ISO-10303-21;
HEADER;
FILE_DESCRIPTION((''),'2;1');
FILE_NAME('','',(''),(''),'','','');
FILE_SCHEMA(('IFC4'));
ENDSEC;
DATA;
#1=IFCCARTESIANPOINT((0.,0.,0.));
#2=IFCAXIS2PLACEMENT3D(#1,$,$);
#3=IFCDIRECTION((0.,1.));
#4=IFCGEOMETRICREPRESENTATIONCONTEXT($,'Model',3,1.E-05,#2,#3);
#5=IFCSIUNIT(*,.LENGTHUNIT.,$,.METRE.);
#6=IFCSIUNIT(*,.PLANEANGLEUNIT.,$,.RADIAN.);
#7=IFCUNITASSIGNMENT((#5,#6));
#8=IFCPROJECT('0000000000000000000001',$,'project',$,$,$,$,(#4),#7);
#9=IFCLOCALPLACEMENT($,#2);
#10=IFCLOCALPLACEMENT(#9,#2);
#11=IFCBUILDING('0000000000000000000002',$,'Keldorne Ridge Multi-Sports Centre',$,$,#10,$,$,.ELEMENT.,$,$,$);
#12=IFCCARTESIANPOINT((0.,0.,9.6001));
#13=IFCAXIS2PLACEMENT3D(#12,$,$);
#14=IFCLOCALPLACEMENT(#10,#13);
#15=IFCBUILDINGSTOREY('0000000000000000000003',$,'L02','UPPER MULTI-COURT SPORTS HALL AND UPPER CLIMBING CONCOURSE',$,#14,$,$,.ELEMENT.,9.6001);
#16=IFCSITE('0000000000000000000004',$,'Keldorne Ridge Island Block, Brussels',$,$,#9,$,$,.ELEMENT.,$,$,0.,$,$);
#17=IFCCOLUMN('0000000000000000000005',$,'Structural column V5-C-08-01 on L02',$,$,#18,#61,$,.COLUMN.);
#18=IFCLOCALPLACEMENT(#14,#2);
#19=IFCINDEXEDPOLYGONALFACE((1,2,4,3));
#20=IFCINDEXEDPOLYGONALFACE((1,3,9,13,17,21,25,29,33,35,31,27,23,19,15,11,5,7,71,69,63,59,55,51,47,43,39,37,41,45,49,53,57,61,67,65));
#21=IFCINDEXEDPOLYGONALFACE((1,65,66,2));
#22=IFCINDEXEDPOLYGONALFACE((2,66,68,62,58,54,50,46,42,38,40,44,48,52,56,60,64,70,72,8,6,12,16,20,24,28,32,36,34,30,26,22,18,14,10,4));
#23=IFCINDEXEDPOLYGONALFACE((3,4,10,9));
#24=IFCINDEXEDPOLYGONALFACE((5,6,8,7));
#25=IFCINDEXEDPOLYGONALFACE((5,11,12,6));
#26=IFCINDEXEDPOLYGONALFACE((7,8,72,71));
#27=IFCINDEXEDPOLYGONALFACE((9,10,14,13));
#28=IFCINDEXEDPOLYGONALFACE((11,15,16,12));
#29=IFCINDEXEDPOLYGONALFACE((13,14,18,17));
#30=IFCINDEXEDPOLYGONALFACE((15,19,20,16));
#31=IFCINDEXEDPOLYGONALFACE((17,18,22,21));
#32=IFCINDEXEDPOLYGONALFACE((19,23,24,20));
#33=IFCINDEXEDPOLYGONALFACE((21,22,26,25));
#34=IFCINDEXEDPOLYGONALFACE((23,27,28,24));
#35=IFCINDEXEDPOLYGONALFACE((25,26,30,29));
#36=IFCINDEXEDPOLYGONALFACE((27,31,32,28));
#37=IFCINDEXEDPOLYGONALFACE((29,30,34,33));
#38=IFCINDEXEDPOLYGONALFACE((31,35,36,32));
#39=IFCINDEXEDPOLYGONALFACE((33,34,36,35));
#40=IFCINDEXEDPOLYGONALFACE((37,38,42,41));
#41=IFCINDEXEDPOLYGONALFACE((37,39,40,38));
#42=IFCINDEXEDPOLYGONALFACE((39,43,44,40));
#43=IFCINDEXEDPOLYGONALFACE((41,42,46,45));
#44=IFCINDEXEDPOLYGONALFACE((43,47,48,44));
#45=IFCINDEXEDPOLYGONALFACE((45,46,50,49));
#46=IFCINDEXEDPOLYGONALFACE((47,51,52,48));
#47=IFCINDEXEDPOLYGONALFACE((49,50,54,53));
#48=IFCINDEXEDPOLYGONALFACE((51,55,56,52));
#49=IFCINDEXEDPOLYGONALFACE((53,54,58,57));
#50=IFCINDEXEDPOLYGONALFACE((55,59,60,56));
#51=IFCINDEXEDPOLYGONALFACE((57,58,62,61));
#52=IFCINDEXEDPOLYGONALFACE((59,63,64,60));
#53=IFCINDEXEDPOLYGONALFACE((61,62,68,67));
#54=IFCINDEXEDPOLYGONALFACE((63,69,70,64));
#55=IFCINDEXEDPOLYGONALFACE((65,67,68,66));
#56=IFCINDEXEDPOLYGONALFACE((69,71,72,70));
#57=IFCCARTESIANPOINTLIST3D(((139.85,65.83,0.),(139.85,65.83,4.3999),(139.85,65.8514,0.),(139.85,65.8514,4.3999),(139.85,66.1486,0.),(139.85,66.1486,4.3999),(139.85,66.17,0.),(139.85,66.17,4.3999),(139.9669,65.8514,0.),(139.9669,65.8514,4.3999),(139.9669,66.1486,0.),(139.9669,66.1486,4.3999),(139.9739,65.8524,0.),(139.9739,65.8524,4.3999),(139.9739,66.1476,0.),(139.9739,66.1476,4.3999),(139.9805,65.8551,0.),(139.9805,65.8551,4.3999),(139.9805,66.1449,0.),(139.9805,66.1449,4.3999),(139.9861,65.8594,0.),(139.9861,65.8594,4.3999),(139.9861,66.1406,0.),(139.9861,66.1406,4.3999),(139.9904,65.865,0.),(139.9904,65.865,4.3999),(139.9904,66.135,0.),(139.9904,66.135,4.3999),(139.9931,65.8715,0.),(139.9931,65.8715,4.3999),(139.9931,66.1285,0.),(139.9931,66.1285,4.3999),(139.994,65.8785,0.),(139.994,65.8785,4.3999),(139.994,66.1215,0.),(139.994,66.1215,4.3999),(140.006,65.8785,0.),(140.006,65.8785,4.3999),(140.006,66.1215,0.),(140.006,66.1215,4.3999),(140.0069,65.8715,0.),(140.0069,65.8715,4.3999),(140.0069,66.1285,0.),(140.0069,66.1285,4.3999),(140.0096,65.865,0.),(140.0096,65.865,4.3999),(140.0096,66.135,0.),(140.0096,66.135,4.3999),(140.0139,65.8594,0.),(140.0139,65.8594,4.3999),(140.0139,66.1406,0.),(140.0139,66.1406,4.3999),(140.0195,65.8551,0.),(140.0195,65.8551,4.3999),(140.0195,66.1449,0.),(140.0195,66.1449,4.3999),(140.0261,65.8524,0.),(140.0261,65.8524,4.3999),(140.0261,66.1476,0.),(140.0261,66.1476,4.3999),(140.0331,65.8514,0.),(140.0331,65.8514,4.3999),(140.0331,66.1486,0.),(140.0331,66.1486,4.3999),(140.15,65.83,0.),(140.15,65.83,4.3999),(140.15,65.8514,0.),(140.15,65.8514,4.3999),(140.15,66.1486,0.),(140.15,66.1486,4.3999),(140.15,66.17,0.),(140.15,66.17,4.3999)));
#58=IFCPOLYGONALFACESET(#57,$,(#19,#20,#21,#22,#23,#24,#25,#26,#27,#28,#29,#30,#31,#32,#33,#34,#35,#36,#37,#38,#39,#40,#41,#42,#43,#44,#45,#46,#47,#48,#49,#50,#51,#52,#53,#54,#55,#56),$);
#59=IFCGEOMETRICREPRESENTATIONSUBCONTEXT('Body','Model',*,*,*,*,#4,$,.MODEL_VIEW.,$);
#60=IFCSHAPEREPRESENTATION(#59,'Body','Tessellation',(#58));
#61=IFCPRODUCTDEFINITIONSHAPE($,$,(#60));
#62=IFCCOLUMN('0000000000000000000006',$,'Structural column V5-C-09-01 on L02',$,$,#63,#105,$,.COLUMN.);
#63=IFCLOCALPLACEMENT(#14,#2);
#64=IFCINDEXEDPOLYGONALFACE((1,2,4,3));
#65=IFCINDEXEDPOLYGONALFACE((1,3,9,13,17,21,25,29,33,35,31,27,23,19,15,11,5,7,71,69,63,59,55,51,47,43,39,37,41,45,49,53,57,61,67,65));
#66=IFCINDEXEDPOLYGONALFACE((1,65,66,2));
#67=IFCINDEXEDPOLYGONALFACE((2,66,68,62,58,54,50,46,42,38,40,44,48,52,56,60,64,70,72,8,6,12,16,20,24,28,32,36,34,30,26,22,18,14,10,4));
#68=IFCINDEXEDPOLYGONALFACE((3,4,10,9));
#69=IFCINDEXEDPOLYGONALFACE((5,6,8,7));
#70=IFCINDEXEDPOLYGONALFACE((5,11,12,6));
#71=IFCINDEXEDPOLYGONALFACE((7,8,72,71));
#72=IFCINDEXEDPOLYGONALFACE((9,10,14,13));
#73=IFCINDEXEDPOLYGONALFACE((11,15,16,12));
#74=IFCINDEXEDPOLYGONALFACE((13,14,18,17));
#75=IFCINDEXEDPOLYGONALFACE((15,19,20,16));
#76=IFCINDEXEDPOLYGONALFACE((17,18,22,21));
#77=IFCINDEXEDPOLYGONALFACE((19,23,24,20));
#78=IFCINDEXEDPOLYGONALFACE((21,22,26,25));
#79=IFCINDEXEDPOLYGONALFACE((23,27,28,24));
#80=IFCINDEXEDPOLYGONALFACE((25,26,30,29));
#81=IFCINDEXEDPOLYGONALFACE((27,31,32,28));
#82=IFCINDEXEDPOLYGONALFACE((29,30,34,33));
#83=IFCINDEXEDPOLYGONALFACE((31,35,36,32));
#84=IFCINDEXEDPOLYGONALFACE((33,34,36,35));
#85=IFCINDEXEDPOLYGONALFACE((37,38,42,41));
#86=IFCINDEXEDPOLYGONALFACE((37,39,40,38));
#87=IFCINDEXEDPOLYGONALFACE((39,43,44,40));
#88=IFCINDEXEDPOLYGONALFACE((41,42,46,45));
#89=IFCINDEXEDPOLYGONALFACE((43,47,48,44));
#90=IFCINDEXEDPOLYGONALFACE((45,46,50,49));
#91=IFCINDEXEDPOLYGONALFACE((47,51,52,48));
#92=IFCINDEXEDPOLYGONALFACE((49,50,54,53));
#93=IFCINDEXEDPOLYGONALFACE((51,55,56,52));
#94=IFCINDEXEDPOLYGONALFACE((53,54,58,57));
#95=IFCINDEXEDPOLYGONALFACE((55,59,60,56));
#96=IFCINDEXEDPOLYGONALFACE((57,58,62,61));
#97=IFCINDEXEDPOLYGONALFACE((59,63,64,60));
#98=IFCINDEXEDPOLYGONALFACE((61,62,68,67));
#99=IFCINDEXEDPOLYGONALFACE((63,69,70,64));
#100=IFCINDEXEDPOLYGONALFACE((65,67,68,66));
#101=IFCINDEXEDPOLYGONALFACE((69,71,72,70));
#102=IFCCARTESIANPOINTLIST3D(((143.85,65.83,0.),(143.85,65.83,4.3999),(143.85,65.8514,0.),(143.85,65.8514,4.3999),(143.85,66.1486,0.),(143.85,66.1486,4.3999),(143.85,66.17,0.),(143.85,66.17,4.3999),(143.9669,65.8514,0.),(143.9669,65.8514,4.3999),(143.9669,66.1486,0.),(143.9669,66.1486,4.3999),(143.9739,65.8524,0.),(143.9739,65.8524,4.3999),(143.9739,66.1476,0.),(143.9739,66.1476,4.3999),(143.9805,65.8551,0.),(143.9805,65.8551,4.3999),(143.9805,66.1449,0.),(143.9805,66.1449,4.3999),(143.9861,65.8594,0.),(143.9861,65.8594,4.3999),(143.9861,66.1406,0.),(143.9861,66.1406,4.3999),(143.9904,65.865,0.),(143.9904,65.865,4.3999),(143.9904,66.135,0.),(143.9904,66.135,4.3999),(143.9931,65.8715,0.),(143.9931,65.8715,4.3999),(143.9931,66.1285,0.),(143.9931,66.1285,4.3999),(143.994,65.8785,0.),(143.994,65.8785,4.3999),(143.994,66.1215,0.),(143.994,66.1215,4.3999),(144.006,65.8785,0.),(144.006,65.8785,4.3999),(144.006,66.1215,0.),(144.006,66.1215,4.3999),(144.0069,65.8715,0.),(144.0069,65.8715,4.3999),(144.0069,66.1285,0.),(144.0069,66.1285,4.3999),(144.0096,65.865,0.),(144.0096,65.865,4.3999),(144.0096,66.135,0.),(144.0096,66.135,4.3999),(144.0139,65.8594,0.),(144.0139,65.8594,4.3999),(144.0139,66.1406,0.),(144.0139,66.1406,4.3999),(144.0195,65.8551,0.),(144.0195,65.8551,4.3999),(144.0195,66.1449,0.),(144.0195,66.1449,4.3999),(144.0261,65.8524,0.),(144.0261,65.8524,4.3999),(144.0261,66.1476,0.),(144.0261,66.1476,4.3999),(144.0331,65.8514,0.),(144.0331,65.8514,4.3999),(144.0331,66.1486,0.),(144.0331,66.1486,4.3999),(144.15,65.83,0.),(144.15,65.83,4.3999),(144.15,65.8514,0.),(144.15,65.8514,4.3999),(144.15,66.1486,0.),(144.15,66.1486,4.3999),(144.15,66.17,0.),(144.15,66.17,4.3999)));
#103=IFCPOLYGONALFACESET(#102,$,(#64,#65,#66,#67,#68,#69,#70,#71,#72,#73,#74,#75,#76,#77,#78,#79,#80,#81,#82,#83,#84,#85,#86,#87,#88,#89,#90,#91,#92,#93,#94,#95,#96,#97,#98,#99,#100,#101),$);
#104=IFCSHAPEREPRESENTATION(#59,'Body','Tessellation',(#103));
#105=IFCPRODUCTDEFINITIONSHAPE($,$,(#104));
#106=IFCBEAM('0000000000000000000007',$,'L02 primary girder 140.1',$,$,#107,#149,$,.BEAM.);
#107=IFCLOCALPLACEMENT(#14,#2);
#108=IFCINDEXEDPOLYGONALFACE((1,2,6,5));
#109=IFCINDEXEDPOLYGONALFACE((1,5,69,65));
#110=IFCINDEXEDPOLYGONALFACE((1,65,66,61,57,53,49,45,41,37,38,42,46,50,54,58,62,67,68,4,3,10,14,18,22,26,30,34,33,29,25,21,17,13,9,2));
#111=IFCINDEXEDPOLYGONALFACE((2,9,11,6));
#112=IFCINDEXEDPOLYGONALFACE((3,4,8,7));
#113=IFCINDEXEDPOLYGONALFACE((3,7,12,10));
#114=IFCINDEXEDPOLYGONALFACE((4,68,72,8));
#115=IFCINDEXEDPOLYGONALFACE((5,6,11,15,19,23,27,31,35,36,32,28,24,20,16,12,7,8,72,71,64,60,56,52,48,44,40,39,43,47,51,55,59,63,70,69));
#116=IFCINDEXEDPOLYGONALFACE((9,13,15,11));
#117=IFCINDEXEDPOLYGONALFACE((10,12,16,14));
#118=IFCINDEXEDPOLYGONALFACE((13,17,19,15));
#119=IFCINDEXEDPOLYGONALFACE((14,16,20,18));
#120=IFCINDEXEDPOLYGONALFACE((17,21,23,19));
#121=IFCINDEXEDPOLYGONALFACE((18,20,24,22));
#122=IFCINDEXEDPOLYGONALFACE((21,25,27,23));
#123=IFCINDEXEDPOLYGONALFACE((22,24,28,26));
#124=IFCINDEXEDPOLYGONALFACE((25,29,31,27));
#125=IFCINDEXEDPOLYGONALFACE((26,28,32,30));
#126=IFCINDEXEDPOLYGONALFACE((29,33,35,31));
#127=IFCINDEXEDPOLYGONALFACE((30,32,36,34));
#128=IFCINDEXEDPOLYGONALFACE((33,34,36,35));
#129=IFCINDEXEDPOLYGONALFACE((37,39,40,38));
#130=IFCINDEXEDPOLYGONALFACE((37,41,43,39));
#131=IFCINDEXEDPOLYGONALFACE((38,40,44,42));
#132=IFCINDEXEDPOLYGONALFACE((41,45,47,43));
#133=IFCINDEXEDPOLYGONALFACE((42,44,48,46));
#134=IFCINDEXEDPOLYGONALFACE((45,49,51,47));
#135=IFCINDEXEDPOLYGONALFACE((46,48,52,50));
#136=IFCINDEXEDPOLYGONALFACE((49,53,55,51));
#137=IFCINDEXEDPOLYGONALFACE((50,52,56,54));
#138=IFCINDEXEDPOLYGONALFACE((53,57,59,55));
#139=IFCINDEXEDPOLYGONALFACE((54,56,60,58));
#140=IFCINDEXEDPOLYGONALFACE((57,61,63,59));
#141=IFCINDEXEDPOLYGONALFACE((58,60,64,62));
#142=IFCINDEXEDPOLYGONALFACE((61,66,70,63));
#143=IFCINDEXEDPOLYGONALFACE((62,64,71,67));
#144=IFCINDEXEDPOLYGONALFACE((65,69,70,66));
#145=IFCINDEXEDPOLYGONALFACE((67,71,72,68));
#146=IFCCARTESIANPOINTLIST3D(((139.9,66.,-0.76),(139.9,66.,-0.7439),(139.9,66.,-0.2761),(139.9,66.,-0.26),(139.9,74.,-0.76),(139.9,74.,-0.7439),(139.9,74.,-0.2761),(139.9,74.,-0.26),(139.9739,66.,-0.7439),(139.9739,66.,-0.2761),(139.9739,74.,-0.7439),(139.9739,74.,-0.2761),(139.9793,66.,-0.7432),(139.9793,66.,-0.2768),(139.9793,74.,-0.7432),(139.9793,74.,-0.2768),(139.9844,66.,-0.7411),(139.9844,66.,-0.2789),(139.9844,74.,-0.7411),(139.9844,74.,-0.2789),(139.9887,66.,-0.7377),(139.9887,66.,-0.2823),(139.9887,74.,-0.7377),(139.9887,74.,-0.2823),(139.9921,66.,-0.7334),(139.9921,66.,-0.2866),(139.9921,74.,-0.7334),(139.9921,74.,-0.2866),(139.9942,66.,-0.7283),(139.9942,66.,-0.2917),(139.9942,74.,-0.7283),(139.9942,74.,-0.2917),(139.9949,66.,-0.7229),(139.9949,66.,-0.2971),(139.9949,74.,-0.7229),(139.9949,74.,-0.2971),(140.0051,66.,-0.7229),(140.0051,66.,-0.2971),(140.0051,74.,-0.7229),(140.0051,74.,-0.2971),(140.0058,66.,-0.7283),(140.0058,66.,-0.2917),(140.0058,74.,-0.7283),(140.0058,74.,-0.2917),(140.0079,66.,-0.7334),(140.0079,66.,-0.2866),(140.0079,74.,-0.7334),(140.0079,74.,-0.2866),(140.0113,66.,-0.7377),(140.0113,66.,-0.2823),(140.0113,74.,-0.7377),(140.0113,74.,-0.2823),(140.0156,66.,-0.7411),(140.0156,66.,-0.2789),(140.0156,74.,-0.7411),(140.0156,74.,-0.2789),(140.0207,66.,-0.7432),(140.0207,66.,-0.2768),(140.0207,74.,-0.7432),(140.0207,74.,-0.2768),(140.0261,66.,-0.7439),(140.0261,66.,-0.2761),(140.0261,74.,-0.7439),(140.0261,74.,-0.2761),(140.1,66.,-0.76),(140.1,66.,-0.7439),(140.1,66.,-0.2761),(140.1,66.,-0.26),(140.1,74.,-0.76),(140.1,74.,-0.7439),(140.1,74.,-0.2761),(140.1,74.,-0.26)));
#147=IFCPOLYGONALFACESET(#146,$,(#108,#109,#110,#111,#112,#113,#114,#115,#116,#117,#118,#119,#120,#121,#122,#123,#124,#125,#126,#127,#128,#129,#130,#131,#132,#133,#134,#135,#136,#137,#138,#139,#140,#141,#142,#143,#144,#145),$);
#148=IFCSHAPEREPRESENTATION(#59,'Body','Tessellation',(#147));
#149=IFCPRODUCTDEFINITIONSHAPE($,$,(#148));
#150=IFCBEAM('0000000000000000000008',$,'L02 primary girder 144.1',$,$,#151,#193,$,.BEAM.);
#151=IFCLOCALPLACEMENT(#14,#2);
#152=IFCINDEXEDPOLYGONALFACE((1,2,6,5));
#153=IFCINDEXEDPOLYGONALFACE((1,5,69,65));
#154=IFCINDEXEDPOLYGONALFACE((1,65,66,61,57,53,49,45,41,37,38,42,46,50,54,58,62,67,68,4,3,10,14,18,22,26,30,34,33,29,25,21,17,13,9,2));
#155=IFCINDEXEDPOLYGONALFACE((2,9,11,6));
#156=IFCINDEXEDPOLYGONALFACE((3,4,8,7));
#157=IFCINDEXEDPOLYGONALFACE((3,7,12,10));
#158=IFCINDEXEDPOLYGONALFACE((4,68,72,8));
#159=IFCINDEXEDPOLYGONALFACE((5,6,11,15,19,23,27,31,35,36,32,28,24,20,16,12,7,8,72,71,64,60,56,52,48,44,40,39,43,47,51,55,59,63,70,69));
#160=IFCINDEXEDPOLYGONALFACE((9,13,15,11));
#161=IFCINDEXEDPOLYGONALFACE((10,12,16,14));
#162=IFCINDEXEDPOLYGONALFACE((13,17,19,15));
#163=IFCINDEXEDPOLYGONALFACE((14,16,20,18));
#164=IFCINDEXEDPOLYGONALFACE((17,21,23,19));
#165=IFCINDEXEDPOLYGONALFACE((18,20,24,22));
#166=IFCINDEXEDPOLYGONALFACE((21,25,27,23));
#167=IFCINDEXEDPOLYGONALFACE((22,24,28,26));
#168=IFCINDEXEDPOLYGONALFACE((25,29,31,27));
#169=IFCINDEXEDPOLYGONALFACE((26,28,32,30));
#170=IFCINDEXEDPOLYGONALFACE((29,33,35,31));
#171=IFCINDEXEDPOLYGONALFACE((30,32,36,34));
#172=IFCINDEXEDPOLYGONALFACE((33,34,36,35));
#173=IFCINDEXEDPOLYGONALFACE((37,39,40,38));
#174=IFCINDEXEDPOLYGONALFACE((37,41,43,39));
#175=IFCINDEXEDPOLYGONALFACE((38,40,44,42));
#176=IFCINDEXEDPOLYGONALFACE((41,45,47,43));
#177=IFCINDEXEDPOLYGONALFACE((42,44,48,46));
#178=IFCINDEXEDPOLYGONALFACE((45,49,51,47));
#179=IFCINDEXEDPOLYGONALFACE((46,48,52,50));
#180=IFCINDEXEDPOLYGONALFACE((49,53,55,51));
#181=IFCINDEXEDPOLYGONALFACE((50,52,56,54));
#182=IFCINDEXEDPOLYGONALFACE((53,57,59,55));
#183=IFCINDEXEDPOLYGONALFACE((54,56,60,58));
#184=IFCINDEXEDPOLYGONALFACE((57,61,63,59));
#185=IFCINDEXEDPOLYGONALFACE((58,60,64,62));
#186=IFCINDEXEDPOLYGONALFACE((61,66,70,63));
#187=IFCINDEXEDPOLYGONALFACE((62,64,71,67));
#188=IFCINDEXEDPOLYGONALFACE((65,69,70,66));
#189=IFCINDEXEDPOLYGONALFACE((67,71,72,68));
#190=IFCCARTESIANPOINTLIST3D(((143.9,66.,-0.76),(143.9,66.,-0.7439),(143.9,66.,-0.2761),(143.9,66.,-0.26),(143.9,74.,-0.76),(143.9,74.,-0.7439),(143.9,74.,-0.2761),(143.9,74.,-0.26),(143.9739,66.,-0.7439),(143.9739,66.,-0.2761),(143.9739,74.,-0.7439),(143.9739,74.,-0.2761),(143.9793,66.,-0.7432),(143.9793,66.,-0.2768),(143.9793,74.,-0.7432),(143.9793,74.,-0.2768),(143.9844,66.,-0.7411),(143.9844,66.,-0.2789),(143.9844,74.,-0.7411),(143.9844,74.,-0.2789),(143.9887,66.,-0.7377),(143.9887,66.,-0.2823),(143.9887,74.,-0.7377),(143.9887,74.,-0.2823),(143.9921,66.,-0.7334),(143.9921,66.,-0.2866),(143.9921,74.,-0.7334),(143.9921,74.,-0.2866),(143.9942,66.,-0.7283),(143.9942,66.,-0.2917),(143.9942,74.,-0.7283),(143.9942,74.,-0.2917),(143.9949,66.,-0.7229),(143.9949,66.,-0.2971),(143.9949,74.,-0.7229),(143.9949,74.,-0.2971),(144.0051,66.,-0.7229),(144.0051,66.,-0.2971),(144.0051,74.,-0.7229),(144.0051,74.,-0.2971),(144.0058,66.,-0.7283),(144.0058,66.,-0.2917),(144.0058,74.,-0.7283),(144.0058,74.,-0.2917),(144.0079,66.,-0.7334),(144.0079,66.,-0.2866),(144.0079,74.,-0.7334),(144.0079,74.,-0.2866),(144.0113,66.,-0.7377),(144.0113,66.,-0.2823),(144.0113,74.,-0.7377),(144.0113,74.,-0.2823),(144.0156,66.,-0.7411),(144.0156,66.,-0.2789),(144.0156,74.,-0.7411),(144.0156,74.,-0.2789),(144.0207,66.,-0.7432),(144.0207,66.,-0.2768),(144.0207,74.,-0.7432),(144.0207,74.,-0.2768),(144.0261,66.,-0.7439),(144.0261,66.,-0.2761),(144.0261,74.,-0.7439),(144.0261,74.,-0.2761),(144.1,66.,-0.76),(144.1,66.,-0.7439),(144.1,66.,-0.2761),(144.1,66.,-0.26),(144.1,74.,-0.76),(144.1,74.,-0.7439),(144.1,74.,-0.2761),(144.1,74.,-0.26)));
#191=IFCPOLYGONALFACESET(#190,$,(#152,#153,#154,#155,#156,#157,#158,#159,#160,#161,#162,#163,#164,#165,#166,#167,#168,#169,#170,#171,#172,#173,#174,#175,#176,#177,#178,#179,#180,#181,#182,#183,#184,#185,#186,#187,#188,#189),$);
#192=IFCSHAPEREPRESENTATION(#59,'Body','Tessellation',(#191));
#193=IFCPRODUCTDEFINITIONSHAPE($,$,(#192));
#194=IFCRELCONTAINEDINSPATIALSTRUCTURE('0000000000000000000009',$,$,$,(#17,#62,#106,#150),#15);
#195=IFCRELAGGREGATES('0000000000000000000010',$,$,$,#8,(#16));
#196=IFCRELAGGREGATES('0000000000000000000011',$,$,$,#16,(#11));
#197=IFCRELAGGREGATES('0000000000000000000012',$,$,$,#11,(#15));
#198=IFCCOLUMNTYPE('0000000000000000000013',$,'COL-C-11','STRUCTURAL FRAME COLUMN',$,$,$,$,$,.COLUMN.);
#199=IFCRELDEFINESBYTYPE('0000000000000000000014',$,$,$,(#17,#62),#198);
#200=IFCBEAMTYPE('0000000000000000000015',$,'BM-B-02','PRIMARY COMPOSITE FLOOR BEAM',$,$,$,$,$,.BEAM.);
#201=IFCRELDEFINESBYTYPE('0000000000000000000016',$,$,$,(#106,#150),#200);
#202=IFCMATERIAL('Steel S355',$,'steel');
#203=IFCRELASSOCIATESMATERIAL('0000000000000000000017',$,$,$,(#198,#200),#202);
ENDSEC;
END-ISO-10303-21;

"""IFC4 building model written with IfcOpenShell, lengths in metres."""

from ifc_helpers import new_model, si_unit, direction, frame, origin, origin_2d, place, context, subcontext, project, spatial, i_section, extrude, material, material_profile, profile_set, type_object, element, save


model = new_model("IFC4")

# Units and contexts
model_context = context("Model", 3, precision=1e-05, world=origin(), true_north=direction((0.0, 1.0)))
body_context = subcontext(model_context, "Body", "Model", "MODEL_VIEW")
ifc_project = project(units=[si_unit("LENGTHUNIT", "METRE"), si_unit("PLANEANGLEUNIT", "RADIAN")], contexts=[model_context])

# Site, building, storey
site_placement = place(None, origin())
site = spatial("IfcSite", under=ifc_project, at=site_placement, Name="Keldorne Ridge Island Block, Brussels", CompositionType="ELEMENT", RefElevation=0.0)
building_placement = place(site_placement, origin())
building = spatial("IfcBuilding", under=site, at=building_placement, Name="Keldorne Ridge Multi-Sports Centre", CompositionType="ELEMENT")
storey_placement = place(building_placement, frame((0.0, 0.0, 9.6001)))
storey = spatial("IfcBuildingStorey", under=building, at=storey_placement, Name="L02", Description="UPPER MULTI-COURT SPORTS HALL AND UPPER CLIMBING CONCOURSE", CompositionType="ELEMENT", Elevation=9.6001)

# Columns
ifc_material_1 = material(Name="Steel S355", Category="steel")
ifc_material_profile_1 = material_profile(ifc_material_1, i_section(OverallWidth=0.3, OverallDepth=0.3401, WebThickness=0.012, FlangeThickness=0.0215, FilletRadius=0.0271, at=origin_2d()), Name="HEB 340")
ifc_profile_set_1 = profile_set([ifc_material_profile_1], Name="Steel S355")
column_type = type_object("IfcColumnType", Name="COL-C-11", Description="STRUCTURAL FRAME COLUMN", PredefinedType="COLUMN", material=ifc_profile_set_1)
for number, where, z_axis, x_axis, name in (
    (1, (140.0, 66.0, 0.0), (0.0, 0.0, 1.0), (1.0, 0.0, 0.0), "Structural column V5-C-08-01 on L02"),
    (2, (144.0, 66.0, 0.0), (0.0, 0.0, 1.0), (1.0, 0.0, 0.0), "Structural column V5-C-09-01 on L02"),
):
    element("IfcColumn", number, at=place(storey_placement, frame(where, z_axis=z_axis, x_axis=x_axis)), inside=storey, type_object=column_type, Name=name, PredefinedType="COLUMN", context=body_context, shape_type="SweptSolid", body=[
        extrude(i_section(OverallWidth=0.3, OverallDepth=0.3401, WebThickness=0.012, FlangeThickness=0.0215, FilletRadius=0.0271, at=origin_2d()), origin(), (0.0, 0.0, 1.0), 4.3999),
    ])

# Beams
ifc_material_profile_2 = material_profile(ifc_material_1, i_section(OverallWidth=0.2, OverallDepth=0.5, WebThickness=0.0103, FlangeThickness=0.0161, FilletRadius=0.021, at=origin_2d()), Name="IPE 500")
ifc_profile_set_2 = profile_set([ifc_material_profile_2], Name="Steel S355")
beam_type_1 = type_object("IfcBeamType", Name="BM-B-02", Description="PRIMARY COMPOSITE FLOOR BEAM", PredefinedType="BEAM", material=ifc_profile_set_2)
for number, where, z_axis, x_axis, name in (
    (3, (140.0, 66.0, -0.51), (0.0, 1.0, 0.0), (-1.0, 0.0, 0.0), "L02 primary girder 140.1"),
    (4, (144.0, 66.0, -0.51), (0.0, 1.0, 0.0), (-1.0, 0.0, 0.0), "L02 primary girder 144.1"),
):
    element("IfcBeam", number, at=place(storey_placement, frame(where, z_axis=z_axis, x_axis=x_axis)), inside=storey, type_object=beam_type_1, Name=name, PredefinedType="BEAM", context=body_context, shape_type="SweptSolid", body=[
        extrude(i_section(OverallWidth=0.2, OverallDepth=0.5, WebThickness=0.0103, FlangeThickness=0.0161, FilletRadius=0.021, at=origin_2d()), origin(), (0.0, 0.0, 1.0), 8.0),
    ])

save(model, "model.ifc")
